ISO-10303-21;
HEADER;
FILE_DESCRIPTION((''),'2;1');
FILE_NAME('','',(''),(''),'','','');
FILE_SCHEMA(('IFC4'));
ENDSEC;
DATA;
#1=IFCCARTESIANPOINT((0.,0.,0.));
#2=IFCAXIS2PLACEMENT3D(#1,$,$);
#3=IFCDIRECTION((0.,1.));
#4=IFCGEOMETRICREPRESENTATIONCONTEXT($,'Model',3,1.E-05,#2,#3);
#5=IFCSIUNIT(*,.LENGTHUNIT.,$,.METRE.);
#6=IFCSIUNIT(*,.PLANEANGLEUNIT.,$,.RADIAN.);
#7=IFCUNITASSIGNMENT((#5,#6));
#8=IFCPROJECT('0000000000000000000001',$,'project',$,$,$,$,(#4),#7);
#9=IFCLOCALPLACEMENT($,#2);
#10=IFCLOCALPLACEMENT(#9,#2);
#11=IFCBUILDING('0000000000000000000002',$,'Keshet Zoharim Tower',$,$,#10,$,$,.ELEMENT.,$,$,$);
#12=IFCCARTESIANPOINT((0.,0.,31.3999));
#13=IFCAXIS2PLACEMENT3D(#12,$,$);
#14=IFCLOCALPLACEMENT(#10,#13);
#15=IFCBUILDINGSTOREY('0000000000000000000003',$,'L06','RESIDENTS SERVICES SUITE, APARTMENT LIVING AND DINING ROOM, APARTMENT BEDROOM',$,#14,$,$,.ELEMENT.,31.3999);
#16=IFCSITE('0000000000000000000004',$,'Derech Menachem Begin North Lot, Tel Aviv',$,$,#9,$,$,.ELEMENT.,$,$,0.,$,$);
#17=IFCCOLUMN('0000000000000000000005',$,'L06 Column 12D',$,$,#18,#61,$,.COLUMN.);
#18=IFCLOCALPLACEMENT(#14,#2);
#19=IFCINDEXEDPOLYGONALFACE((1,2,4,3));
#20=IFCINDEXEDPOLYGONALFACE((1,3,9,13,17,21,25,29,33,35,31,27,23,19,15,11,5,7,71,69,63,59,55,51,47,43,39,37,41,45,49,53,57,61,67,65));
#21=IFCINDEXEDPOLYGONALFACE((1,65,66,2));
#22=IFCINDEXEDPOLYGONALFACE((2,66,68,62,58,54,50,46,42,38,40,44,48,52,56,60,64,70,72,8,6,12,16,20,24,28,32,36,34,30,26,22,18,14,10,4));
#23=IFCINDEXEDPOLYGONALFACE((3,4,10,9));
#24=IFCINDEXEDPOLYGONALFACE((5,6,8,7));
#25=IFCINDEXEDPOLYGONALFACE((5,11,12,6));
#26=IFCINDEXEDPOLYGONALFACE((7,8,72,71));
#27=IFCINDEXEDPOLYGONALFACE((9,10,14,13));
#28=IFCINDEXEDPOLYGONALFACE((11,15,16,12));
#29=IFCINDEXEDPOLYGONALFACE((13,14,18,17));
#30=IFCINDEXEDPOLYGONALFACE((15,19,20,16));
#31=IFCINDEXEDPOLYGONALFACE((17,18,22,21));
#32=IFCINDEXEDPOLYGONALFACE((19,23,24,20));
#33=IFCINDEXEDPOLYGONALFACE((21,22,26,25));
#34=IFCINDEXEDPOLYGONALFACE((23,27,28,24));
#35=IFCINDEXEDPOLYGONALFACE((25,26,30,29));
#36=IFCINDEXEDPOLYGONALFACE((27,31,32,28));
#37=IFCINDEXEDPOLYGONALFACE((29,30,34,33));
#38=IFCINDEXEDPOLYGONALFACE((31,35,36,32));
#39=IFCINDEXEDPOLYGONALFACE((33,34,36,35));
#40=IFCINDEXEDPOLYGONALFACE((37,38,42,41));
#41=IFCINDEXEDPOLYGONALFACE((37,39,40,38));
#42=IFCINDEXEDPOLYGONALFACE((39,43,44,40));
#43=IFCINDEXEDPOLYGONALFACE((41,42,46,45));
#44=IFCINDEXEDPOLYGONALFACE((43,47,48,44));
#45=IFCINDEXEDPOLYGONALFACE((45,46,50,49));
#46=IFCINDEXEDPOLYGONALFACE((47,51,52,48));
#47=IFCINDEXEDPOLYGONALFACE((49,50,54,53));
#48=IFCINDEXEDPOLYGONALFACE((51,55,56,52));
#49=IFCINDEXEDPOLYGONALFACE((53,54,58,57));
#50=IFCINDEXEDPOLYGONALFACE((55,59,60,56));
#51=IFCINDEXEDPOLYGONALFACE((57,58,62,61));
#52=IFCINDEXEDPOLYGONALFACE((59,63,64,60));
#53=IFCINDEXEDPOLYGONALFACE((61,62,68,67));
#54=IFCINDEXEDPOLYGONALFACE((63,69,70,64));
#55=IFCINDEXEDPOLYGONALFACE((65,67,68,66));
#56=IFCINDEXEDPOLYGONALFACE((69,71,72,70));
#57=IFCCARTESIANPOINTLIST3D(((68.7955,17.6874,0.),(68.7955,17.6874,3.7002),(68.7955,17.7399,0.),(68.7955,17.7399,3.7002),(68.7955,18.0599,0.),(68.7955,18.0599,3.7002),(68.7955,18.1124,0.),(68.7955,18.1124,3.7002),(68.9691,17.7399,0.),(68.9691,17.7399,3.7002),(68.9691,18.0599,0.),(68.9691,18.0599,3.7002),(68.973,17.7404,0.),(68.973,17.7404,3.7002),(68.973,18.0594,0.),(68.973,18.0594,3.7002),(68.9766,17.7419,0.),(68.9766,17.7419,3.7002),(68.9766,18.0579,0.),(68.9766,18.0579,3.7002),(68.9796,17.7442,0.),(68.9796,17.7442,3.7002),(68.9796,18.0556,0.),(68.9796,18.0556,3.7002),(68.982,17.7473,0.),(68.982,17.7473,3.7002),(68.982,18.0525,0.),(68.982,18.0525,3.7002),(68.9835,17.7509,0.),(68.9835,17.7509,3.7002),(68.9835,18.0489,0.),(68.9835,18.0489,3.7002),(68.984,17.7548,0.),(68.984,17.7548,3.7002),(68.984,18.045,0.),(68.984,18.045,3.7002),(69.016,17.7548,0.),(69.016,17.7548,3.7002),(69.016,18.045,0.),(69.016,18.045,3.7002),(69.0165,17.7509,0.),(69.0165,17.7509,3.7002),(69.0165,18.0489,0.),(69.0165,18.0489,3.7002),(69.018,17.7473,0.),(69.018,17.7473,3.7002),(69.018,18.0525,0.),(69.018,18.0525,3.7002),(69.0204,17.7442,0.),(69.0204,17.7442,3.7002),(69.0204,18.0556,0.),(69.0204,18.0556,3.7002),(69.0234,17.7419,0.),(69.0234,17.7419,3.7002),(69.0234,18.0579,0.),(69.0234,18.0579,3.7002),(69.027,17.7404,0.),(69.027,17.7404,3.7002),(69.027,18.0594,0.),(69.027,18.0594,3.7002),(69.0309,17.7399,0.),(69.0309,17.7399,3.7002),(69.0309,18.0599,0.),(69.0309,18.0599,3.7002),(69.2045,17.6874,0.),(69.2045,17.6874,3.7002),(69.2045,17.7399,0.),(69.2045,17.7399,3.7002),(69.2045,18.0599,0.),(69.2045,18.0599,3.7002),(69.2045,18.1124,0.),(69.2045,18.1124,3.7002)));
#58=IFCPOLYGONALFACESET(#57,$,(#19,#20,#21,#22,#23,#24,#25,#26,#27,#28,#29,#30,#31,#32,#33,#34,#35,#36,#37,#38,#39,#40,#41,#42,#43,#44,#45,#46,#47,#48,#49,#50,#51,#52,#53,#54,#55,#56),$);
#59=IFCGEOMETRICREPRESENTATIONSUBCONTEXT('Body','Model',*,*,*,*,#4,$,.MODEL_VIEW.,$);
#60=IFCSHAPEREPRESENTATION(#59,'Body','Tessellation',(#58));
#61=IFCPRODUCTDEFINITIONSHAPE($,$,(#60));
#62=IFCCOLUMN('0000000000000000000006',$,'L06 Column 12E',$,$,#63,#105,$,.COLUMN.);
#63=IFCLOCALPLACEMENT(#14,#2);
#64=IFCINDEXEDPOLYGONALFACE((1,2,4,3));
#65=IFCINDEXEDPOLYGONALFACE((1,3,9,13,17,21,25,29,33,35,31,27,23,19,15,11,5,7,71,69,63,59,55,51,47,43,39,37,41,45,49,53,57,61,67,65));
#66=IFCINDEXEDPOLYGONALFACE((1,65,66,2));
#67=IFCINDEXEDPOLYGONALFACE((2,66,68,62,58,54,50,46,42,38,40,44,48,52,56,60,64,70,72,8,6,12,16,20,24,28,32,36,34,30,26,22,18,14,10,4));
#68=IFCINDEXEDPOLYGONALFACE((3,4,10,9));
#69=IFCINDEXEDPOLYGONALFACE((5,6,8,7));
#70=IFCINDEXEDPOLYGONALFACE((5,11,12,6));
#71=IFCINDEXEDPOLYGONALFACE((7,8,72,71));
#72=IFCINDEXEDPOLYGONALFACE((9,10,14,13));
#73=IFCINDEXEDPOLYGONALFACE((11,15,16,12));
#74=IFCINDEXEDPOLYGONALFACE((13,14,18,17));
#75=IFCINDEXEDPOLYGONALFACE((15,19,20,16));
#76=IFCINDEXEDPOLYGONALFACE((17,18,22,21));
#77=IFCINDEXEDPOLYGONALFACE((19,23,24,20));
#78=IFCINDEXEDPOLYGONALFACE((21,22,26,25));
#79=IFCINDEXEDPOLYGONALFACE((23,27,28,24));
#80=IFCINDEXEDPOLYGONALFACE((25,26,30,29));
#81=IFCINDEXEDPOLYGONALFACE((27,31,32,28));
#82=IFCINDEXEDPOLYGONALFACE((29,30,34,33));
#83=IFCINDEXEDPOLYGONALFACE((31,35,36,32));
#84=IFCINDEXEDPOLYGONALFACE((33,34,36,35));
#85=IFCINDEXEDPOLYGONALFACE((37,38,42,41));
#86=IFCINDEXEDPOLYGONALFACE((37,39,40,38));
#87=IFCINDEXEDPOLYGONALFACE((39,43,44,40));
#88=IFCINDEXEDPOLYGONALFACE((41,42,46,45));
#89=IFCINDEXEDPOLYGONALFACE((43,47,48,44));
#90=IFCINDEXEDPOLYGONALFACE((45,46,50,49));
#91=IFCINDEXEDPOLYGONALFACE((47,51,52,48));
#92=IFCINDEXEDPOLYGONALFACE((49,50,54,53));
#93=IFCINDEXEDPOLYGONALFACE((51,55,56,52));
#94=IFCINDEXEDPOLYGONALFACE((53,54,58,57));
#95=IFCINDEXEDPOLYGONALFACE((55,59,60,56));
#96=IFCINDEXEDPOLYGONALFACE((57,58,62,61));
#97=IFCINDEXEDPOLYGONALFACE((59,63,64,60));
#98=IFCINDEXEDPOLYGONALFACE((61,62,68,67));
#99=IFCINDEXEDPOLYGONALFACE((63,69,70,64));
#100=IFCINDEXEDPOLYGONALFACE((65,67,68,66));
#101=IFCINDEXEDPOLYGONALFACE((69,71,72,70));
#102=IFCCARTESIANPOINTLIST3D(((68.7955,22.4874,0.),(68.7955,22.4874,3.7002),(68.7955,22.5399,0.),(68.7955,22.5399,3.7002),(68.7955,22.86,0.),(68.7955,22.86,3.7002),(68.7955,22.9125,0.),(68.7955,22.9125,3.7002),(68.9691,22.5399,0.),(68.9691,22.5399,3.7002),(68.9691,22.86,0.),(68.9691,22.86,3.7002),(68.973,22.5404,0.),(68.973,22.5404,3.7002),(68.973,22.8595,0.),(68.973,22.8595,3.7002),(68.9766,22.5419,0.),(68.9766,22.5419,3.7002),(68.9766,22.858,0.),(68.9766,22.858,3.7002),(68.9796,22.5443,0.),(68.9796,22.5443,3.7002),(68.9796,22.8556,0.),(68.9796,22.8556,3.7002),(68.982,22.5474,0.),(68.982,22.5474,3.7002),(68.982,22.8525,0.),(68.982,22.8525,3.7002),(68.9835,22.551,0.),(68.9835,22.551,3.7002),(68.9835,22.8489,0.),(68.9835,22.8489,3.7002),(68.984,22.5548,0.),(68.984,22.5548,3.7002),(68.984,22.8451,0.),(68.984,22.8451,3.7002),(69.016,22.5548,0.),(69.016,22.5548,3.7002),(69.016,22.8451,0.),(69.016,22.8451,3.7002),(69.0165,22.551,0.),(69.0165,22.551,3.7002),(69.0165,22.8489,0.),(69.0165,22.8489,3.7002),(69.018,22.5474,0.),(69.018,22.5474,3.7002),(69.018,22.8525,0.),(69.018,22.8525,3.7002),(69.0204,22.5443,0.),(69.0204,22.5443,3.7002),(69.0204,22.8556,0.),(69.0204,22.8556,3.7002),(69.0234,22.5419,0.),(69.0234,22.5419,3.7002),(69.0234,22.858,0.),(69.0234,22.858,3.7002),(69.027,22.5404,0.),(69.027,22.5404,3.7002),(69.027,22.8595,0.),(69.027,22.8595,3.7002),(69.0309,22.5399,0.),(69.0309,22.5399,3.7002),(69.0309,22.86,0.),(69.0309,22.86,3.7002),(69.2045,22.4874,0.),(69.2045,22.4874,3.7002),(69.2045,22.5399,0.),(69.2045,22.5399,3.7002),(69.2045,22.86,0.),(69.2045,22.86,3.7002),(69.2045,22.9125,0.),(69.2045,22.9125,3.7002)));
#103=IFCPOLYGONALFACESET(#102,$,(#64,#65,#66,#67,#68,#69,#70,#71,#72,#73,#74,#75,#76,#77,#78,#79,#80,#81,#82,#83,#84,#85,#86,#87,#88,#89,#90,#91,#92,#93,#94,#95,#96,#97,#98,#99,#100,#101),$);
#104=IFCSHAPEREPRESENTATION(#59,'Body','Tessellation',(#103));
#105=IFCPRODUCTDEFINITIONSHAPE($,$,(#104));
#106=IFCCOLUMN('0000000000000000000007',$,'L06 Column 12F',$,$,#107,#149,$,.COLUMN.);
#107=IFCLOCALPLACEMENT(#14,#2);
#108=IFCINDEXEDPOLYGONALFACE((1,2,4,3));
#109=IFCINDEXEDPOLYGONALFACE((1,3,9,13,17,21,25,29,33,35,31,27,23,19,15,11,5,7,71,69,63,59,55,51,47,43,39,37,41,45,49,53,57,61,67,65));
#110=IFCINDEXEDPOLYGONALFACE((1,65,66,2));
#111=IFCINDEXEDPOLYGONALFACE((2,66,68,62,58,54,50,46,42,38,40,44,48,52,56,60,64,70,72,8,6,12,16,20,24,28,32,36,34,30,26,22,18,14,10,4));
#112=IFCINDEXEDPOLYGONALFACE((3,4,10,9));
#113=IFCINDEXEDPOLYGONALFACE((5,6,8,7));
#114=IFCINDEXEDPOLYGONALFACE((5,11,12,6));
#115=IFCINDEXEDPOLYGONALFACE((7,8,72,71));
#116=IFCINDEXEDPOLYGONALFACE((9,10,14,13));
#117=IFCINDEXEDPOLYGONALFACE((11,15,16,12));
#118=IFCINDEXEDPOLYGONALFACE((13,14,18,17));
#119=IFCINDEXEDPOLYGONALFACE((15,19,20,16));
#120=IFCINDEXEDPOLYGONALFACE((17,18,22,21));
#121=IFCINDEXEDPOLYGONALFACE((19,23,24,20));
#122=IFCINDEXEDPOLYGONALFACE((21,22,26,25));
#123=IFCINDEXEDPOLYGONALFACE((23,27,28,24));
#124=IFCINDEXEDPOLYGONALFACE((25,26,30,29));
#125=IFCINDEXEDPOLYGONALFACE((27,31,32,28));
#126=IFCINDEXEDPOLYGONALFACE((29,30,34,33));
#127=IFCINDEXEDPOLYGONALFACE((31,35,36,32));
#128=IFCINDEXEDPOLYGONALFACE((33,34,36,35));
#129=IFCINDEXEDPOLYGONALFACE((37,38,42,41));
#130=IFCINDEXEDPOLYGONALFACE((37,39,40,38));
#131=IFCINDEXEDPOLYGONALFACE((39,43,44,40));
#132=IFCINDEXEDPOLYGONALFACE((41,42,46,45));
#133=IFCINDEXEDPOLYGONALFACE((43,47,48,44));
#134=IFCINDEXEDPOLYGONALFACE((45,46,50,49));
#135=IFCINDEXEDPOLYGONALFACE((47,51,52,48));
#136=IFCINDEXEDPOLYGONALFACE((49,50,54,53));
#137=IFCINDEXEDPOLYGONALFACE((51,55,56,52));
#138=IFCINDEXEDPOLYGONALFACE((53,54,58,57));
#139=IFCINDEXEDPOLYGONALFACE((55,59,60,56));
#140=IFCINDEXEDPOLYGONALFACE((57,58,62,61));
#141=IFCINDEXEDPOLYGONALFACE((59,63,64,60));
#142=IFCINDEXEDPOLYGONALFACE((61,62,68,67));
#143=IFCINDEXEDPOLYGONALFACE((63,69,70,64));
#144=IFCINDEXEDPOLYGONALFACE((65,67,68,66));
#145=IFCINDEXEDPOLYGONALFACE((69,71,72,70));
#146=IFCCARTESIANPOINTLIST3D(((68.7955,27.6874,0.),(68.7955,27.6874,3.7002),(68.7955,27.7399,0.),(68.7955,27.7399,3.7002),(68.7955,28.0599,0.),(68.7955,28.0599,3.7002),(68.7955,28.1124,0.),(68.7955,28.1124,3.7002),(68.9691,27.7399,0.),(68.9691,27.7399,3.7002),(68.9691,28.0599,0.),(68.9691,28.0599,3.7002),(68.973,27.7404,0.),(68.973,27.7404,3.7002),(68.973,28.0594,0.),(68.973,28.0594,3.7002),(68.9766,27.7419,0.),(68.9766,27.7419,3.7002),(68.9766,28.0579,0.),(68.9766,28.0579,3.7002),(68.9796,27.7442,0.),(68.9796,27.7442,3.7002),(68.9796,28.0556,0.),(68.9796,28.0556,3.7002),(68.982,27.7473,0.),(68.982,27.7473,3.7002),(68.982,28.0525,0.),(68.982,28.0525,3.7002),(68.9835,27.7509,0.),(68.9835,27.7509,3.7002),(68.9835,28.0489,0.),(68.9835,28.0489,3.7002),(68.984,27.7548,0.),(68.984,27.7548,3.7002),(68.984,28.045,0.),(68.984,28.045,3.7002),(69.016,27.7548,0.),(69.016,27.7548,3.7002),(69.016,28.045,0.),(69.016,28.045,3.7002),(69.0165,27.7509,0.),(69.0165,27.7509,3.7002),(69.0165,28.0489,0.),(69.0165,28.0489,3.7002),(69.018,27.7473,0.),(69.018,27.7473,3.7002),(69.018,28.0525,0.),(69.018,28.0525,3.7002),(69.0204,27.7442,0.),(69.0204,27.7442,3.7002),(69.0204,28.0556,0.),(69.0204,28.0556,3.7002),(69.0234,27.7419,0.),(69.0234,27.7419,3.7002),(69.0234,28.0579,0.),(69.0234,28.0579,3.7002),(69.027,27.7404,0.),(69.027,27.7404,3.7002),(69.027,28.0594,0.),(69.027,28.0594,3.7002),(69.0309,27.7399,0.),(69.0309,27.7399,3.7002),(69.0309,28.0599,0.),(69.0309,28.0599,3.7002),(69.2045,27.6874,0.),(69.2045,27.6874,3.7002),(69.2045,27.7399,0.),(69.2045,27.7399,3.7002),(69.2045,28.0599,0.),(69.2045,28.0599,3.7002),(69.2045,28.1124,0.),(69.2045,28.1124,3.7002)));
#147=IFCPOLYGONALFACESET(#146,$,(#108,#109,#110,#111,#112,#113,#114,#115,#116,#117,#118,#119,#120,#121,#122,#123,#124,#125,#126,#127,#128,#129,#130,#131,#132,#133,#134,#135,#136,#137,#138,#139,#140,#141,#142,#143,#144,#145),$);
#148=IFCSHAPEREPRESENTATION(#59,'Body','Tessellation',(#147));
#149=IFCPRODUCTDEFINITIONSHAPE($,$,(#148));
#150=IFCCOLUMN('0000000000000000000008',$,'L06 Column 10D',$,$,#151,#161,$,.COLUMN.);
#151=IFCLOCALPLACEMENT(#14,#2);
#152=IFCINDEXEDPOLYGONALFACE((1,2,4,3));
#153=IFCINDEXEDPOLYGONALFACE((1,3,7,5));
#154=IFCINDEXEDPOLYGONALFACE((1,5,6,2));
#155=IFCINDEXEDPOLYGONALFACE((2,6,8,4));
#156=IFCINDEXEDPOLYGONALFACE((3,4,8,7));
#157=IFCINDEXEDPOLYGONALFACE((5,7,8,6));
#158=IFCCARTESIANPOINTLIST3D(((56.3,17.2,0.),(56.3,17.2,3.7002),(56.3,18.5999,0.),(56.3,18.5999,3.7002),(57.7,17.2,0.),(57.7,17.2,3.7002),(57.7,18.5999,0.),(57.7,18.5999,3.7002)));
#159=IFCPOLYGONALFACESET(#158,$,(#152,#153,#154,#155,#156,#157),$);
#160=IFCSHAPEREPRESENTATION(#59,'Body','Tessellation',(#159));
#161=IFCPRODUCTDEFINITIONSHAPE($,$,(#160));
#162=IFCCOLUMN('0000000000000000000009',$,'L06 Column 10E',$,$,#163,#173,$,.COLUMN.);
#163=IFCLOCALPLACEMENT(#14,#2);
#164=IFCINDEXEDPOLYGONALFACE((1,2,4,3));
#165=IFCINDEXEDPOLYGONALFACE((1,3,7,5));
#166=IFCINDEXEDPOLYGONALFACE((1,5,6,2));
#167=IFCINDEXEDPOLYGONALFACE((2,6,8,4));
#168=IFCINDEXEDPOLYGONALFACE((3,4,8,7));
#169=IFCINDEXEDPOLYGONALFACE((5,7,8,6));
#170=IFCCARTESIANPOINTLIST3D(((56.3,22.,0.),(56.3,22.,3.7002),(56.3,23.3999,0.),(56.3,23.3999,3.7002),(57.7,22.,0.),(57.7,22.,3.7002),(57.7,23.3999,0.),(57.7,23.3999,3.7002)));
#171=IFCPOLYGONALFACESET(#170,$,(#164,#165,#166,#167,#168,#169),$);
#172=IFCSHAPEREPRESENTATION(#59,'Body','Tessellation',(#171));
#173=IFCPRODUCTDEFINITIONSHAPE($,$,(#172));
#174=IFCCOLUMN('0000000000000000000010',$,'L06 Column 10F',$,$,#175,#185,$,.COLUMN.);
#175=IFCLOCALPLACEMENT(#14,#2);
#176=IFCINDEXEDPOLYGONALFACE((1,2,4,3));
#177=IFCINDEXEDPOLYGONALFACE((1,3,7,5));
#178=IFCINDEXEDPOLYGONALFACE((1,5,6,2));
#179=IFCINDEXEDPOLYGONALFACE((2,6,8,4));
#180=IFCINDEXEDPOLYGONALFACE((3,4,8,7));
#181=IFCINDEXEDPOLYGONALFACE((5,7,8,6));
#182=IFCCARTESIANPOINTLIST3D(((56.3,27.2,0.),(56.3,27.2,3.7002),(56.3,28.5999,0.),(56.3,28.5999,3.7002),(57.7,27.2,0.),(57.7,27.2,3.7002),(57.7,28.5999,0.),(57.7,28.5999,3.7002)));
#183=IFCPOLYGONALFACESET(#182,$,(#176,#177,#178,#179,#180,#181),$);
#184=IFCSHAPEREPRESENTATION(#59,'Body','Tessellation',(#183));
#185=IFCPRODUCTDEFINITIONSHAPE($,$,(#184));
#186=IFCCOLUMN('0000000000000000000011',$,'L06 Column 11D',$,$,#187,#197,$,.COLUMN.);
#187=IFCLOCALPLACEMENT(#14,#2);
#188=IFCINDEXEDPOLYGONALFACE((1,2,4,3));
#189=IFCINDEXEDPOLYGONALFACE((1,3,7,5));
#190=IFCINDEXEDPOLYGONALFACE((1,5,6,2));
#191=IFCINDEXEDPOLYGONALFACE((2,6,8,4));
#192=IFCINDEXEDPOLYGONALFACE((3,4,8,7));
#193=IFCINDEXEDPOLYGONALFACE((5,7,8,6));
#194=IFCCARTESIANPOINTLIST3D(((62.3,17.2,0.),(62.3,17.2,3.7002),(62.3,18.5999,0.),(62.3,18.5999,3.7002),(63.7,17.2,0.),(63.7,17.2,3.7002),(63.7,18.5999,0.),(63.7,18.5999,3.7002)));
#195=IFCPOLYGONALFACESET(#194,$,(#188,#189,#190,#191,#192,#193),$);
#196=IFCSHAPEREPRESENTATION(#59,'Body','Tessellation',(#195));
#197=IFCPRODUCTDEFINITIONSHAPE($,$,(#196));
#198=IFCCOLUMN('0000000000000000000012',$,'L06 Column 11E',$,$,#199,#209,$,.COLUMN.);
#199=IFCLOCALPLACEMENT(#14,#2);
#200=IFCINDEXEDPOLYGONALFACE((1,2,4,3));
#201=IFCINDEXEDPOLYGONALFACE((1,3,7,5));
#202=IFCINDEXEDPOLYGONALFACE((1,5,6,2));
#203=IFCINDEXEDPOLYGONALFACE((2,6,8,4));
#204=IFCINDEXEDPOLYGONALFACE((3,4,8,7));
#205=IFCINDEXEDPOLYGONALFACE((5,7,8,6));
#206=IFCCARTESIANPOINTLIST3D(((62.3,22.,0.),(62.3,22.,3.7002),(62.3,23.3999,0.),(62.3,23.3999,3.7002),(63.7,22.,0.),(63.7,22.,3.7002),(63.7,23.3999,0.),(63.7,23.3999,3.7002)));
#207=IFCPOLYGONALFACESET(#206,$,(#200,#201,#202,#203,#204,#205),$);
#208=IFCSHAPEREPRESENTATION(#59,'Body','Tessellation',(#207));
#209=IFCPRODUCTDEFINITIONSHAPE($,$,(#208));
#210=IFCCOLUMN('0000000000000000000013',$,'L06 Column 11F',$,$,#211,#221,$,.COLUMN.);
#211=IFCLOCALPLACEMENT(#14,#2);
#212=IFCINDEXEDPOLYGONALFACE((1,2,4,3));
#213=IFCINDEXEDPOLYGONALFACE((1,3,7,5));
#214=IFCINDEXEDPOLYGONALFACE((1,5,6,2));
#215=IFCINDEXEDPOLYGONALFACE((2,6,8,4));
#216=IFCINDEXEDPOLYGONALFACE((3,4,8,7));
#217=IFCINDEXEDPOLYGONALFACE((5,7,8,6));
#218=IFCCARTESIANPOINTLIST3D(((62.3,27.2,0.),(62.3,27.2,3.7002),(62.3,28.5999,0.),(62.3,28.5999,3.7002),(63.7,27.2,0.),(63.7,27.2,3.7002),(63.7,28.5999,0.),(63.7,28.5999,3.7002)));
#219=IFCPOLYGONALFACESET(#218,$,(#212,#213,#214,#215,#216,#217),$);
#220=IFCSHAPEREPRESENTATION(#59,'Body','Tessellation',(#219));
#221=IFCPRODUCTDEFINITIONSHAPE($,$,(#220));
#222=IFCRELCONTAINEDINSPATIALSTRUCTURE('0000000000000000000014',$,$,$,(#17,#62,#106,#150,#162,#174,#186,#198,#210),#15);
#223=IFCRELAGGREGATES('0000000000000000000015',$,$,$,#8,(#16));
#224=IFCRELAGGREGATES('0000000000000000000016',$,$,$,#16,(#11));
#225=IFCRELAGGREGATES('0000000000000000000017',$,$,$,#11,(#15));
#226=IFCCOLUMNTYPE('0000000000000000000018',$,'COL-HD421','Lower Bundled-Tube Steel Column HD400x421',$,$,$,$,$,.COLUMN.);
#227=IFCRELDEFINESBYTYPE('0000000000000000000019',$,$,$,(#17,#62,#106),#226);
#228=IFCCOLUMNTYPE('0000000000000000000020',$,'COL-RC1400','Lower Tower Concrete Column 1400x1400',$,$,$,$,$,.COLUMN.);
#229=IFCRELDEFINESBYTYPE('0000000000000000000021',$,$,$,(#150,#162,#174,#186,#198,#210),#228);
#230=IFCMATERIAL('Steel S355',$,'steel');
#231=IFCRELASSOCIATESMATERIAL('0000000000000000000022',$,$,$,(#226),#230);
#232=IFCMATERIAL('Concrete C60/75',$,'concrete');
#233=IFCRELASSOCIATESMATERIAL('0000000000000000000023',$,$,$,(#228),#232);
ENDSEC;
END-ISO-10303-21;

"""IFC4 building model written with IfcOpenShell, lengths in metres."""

from ifc_helpers import new_model, si_unit, direction, frame, origin, origin_2d, place, context, subcontext, project, spatial, rectangle, i_section, extrude, material, material_profile, profile_set, type_object, element, save


model = new_model("IFC4")

# Units and contexts
model_context = context("Model", 3, precision=1e-05, world=origin(), true_north=direction((0.0, 1.0)))
body_context = subcontext(model_context, "Body", "Model", "MODEL_VIEW")
ifc_project = project(units=[si_unit("LENGTHUNIT", "METRE"), si_unit("PLANEANGLEUNIT", "RADIAN")], contexts=[model_context])

# Site, building, storey
site_placement = place(None, origin())
site = spatial("IfcSite", under=ifc_project, at=site_placement, Name="Derech Menachem Begin North Lot, Tel Aviv", CompositionType="ELEMENT", RefElevation=0.0)
building_placement = place(site_placement, origin())
building = spatial("IfcBuilding", under=site, at=building_placement, Name="Keshet Zoharim Tower", CompositionType="ELEMENT")
storey_placement = place(building_placement, frame((0.0, 0.0, 31.3999)))
storey = spatial("IfcBuildingStorey", under=building, at=storey_placement, Name="L06", Description="RESIDENTS SERVICES SUITE, APARTMENT LIVING AND DINING ROOM, APARTMENT BEDROOM", CompositionType="ELEMENT", Elevation=31.3999)

# Columns
ifc_material_1 = material(Name="Steel S355", Category="steel")
ifc_material_profile_1 = material_profile(ifc_material_1, i_section(OverallWidth=0.4089, OverallDepth=0.425, WebThickness=0.032, FlangeThickness=0.0525, FilletRadius=0.0149, at=origin_2d()), Name="HD400x421")
ifc_profile_set_1 = profile_set([ifc_material_profile_1], Name="Steel S355")
column_type_1 = type_object("IfcColumnType", Name="COL-HD421", Description="Lower Bundled-Tube Steel Column HD400x421", PredefinedType="COLUMN", material=ifc_profile_set_1)
for number, where, z_axis, x_axis, name in (
    (1, (69.0, 17.8999, 0.0), (0.0, 0.0, 1.0), (1.0, 0.0, 0.0), "L06 Column 12D"),
    (2, (69.0, 22.7, 0.0), (0.0, 0.0, 1.0), (1.0, 0.0, 0.0), "L06 Column 12E"),
    (3, (69.0, 27.8999, 0.0), (0.0, 0.0, 1.0), (1.0, 0.0, 0.0), "L06 Column 12F"),
):
    element("IfcColumn", number, at=place(storey_placement, frame(where, z_axis=z_axis, x_axis=x_axis)), inside=storey, type_object=column_type_1, Name=name, PredefinedType="COLUMN", context=body_context, shape_type="SweptSolid", body=[
        extrude(i_section(OverallWidth=0.4089, OverallDepth=0.425, WebThickness=0.032, FlangeThickness=0.0525, FilletRadius=0.0149, at=origin_2d()), origin(), (0.0, 0.0, 1.0), 3.7002),
    ])
ifc_material_2 = material(Name="Concrete C60/75", Category="concrete")
ifc_material_profile_2 = material_profile(ifc_material_2, rectangle(XDim=1.3999, YDim=1.3999, at=origin_2d()), Name="RC1400x1400")
ifc_profile_set_2 = profile_set([ifc_material_profile_2], Name="Concrete C60/75")
column_type_2 = type_object("IfcColumnType", Name="COL-RC1400", Description="Lower Tower Concrete Column 1400x1400", PredefinedType="COLUMN", material=ifc_profile_set_2)
for number, where, z_axis, x_axis, name in (
    (4, (57.0, 17.8999, 0.0), (0.0, 0.0, 1.0), (1.0, 0.0, 0.0), "L06 Column 10D"),
    (5, (57.0, 22.7, 0.0), (0.0, 0.0, 1.0), (1.0, 0.0, 0.0), "L06 Column 10E"),
    (6, (57.0, 27.8999, 0.0), (0.0, 0.0, 1.0), (1.0, 0.0, 0.0), "L06 Column 10F"),
    (7, (63.0, 17.8999, 0.0), (0.0, 0.0, 1.0), (1.0, 0.0, 0.0), "L06 Column 11D"),
    (8, (63.0, 22.7, 0.0), (0.0, 0.0, 1.0), (1.0, 0.0, 0.0), "L06 Column 11E"),
    (9, (63.0, 27.8999, 0.0), (0.0, 0.0, 1.0), (1.0, 0.0, 0.0), "L06 Column 11F"),
):
    element("IfcColumn", number, at=place(storey_placement, frame(where, z_axis=z_axis, x_axis=x_axis)), inside=storey, type_object=column_type_2, Name=name, PredefinedType="COLUMN", context=body_context, shape_type="SweptSolid", body=[
        extrude(rectangle(XDim=1.3999, YDim=1.3999, at=origin_2d()), origin(), (0.0, 0.0, 1.0), 3.7002),
    ])

save(model, "model.ifc")
